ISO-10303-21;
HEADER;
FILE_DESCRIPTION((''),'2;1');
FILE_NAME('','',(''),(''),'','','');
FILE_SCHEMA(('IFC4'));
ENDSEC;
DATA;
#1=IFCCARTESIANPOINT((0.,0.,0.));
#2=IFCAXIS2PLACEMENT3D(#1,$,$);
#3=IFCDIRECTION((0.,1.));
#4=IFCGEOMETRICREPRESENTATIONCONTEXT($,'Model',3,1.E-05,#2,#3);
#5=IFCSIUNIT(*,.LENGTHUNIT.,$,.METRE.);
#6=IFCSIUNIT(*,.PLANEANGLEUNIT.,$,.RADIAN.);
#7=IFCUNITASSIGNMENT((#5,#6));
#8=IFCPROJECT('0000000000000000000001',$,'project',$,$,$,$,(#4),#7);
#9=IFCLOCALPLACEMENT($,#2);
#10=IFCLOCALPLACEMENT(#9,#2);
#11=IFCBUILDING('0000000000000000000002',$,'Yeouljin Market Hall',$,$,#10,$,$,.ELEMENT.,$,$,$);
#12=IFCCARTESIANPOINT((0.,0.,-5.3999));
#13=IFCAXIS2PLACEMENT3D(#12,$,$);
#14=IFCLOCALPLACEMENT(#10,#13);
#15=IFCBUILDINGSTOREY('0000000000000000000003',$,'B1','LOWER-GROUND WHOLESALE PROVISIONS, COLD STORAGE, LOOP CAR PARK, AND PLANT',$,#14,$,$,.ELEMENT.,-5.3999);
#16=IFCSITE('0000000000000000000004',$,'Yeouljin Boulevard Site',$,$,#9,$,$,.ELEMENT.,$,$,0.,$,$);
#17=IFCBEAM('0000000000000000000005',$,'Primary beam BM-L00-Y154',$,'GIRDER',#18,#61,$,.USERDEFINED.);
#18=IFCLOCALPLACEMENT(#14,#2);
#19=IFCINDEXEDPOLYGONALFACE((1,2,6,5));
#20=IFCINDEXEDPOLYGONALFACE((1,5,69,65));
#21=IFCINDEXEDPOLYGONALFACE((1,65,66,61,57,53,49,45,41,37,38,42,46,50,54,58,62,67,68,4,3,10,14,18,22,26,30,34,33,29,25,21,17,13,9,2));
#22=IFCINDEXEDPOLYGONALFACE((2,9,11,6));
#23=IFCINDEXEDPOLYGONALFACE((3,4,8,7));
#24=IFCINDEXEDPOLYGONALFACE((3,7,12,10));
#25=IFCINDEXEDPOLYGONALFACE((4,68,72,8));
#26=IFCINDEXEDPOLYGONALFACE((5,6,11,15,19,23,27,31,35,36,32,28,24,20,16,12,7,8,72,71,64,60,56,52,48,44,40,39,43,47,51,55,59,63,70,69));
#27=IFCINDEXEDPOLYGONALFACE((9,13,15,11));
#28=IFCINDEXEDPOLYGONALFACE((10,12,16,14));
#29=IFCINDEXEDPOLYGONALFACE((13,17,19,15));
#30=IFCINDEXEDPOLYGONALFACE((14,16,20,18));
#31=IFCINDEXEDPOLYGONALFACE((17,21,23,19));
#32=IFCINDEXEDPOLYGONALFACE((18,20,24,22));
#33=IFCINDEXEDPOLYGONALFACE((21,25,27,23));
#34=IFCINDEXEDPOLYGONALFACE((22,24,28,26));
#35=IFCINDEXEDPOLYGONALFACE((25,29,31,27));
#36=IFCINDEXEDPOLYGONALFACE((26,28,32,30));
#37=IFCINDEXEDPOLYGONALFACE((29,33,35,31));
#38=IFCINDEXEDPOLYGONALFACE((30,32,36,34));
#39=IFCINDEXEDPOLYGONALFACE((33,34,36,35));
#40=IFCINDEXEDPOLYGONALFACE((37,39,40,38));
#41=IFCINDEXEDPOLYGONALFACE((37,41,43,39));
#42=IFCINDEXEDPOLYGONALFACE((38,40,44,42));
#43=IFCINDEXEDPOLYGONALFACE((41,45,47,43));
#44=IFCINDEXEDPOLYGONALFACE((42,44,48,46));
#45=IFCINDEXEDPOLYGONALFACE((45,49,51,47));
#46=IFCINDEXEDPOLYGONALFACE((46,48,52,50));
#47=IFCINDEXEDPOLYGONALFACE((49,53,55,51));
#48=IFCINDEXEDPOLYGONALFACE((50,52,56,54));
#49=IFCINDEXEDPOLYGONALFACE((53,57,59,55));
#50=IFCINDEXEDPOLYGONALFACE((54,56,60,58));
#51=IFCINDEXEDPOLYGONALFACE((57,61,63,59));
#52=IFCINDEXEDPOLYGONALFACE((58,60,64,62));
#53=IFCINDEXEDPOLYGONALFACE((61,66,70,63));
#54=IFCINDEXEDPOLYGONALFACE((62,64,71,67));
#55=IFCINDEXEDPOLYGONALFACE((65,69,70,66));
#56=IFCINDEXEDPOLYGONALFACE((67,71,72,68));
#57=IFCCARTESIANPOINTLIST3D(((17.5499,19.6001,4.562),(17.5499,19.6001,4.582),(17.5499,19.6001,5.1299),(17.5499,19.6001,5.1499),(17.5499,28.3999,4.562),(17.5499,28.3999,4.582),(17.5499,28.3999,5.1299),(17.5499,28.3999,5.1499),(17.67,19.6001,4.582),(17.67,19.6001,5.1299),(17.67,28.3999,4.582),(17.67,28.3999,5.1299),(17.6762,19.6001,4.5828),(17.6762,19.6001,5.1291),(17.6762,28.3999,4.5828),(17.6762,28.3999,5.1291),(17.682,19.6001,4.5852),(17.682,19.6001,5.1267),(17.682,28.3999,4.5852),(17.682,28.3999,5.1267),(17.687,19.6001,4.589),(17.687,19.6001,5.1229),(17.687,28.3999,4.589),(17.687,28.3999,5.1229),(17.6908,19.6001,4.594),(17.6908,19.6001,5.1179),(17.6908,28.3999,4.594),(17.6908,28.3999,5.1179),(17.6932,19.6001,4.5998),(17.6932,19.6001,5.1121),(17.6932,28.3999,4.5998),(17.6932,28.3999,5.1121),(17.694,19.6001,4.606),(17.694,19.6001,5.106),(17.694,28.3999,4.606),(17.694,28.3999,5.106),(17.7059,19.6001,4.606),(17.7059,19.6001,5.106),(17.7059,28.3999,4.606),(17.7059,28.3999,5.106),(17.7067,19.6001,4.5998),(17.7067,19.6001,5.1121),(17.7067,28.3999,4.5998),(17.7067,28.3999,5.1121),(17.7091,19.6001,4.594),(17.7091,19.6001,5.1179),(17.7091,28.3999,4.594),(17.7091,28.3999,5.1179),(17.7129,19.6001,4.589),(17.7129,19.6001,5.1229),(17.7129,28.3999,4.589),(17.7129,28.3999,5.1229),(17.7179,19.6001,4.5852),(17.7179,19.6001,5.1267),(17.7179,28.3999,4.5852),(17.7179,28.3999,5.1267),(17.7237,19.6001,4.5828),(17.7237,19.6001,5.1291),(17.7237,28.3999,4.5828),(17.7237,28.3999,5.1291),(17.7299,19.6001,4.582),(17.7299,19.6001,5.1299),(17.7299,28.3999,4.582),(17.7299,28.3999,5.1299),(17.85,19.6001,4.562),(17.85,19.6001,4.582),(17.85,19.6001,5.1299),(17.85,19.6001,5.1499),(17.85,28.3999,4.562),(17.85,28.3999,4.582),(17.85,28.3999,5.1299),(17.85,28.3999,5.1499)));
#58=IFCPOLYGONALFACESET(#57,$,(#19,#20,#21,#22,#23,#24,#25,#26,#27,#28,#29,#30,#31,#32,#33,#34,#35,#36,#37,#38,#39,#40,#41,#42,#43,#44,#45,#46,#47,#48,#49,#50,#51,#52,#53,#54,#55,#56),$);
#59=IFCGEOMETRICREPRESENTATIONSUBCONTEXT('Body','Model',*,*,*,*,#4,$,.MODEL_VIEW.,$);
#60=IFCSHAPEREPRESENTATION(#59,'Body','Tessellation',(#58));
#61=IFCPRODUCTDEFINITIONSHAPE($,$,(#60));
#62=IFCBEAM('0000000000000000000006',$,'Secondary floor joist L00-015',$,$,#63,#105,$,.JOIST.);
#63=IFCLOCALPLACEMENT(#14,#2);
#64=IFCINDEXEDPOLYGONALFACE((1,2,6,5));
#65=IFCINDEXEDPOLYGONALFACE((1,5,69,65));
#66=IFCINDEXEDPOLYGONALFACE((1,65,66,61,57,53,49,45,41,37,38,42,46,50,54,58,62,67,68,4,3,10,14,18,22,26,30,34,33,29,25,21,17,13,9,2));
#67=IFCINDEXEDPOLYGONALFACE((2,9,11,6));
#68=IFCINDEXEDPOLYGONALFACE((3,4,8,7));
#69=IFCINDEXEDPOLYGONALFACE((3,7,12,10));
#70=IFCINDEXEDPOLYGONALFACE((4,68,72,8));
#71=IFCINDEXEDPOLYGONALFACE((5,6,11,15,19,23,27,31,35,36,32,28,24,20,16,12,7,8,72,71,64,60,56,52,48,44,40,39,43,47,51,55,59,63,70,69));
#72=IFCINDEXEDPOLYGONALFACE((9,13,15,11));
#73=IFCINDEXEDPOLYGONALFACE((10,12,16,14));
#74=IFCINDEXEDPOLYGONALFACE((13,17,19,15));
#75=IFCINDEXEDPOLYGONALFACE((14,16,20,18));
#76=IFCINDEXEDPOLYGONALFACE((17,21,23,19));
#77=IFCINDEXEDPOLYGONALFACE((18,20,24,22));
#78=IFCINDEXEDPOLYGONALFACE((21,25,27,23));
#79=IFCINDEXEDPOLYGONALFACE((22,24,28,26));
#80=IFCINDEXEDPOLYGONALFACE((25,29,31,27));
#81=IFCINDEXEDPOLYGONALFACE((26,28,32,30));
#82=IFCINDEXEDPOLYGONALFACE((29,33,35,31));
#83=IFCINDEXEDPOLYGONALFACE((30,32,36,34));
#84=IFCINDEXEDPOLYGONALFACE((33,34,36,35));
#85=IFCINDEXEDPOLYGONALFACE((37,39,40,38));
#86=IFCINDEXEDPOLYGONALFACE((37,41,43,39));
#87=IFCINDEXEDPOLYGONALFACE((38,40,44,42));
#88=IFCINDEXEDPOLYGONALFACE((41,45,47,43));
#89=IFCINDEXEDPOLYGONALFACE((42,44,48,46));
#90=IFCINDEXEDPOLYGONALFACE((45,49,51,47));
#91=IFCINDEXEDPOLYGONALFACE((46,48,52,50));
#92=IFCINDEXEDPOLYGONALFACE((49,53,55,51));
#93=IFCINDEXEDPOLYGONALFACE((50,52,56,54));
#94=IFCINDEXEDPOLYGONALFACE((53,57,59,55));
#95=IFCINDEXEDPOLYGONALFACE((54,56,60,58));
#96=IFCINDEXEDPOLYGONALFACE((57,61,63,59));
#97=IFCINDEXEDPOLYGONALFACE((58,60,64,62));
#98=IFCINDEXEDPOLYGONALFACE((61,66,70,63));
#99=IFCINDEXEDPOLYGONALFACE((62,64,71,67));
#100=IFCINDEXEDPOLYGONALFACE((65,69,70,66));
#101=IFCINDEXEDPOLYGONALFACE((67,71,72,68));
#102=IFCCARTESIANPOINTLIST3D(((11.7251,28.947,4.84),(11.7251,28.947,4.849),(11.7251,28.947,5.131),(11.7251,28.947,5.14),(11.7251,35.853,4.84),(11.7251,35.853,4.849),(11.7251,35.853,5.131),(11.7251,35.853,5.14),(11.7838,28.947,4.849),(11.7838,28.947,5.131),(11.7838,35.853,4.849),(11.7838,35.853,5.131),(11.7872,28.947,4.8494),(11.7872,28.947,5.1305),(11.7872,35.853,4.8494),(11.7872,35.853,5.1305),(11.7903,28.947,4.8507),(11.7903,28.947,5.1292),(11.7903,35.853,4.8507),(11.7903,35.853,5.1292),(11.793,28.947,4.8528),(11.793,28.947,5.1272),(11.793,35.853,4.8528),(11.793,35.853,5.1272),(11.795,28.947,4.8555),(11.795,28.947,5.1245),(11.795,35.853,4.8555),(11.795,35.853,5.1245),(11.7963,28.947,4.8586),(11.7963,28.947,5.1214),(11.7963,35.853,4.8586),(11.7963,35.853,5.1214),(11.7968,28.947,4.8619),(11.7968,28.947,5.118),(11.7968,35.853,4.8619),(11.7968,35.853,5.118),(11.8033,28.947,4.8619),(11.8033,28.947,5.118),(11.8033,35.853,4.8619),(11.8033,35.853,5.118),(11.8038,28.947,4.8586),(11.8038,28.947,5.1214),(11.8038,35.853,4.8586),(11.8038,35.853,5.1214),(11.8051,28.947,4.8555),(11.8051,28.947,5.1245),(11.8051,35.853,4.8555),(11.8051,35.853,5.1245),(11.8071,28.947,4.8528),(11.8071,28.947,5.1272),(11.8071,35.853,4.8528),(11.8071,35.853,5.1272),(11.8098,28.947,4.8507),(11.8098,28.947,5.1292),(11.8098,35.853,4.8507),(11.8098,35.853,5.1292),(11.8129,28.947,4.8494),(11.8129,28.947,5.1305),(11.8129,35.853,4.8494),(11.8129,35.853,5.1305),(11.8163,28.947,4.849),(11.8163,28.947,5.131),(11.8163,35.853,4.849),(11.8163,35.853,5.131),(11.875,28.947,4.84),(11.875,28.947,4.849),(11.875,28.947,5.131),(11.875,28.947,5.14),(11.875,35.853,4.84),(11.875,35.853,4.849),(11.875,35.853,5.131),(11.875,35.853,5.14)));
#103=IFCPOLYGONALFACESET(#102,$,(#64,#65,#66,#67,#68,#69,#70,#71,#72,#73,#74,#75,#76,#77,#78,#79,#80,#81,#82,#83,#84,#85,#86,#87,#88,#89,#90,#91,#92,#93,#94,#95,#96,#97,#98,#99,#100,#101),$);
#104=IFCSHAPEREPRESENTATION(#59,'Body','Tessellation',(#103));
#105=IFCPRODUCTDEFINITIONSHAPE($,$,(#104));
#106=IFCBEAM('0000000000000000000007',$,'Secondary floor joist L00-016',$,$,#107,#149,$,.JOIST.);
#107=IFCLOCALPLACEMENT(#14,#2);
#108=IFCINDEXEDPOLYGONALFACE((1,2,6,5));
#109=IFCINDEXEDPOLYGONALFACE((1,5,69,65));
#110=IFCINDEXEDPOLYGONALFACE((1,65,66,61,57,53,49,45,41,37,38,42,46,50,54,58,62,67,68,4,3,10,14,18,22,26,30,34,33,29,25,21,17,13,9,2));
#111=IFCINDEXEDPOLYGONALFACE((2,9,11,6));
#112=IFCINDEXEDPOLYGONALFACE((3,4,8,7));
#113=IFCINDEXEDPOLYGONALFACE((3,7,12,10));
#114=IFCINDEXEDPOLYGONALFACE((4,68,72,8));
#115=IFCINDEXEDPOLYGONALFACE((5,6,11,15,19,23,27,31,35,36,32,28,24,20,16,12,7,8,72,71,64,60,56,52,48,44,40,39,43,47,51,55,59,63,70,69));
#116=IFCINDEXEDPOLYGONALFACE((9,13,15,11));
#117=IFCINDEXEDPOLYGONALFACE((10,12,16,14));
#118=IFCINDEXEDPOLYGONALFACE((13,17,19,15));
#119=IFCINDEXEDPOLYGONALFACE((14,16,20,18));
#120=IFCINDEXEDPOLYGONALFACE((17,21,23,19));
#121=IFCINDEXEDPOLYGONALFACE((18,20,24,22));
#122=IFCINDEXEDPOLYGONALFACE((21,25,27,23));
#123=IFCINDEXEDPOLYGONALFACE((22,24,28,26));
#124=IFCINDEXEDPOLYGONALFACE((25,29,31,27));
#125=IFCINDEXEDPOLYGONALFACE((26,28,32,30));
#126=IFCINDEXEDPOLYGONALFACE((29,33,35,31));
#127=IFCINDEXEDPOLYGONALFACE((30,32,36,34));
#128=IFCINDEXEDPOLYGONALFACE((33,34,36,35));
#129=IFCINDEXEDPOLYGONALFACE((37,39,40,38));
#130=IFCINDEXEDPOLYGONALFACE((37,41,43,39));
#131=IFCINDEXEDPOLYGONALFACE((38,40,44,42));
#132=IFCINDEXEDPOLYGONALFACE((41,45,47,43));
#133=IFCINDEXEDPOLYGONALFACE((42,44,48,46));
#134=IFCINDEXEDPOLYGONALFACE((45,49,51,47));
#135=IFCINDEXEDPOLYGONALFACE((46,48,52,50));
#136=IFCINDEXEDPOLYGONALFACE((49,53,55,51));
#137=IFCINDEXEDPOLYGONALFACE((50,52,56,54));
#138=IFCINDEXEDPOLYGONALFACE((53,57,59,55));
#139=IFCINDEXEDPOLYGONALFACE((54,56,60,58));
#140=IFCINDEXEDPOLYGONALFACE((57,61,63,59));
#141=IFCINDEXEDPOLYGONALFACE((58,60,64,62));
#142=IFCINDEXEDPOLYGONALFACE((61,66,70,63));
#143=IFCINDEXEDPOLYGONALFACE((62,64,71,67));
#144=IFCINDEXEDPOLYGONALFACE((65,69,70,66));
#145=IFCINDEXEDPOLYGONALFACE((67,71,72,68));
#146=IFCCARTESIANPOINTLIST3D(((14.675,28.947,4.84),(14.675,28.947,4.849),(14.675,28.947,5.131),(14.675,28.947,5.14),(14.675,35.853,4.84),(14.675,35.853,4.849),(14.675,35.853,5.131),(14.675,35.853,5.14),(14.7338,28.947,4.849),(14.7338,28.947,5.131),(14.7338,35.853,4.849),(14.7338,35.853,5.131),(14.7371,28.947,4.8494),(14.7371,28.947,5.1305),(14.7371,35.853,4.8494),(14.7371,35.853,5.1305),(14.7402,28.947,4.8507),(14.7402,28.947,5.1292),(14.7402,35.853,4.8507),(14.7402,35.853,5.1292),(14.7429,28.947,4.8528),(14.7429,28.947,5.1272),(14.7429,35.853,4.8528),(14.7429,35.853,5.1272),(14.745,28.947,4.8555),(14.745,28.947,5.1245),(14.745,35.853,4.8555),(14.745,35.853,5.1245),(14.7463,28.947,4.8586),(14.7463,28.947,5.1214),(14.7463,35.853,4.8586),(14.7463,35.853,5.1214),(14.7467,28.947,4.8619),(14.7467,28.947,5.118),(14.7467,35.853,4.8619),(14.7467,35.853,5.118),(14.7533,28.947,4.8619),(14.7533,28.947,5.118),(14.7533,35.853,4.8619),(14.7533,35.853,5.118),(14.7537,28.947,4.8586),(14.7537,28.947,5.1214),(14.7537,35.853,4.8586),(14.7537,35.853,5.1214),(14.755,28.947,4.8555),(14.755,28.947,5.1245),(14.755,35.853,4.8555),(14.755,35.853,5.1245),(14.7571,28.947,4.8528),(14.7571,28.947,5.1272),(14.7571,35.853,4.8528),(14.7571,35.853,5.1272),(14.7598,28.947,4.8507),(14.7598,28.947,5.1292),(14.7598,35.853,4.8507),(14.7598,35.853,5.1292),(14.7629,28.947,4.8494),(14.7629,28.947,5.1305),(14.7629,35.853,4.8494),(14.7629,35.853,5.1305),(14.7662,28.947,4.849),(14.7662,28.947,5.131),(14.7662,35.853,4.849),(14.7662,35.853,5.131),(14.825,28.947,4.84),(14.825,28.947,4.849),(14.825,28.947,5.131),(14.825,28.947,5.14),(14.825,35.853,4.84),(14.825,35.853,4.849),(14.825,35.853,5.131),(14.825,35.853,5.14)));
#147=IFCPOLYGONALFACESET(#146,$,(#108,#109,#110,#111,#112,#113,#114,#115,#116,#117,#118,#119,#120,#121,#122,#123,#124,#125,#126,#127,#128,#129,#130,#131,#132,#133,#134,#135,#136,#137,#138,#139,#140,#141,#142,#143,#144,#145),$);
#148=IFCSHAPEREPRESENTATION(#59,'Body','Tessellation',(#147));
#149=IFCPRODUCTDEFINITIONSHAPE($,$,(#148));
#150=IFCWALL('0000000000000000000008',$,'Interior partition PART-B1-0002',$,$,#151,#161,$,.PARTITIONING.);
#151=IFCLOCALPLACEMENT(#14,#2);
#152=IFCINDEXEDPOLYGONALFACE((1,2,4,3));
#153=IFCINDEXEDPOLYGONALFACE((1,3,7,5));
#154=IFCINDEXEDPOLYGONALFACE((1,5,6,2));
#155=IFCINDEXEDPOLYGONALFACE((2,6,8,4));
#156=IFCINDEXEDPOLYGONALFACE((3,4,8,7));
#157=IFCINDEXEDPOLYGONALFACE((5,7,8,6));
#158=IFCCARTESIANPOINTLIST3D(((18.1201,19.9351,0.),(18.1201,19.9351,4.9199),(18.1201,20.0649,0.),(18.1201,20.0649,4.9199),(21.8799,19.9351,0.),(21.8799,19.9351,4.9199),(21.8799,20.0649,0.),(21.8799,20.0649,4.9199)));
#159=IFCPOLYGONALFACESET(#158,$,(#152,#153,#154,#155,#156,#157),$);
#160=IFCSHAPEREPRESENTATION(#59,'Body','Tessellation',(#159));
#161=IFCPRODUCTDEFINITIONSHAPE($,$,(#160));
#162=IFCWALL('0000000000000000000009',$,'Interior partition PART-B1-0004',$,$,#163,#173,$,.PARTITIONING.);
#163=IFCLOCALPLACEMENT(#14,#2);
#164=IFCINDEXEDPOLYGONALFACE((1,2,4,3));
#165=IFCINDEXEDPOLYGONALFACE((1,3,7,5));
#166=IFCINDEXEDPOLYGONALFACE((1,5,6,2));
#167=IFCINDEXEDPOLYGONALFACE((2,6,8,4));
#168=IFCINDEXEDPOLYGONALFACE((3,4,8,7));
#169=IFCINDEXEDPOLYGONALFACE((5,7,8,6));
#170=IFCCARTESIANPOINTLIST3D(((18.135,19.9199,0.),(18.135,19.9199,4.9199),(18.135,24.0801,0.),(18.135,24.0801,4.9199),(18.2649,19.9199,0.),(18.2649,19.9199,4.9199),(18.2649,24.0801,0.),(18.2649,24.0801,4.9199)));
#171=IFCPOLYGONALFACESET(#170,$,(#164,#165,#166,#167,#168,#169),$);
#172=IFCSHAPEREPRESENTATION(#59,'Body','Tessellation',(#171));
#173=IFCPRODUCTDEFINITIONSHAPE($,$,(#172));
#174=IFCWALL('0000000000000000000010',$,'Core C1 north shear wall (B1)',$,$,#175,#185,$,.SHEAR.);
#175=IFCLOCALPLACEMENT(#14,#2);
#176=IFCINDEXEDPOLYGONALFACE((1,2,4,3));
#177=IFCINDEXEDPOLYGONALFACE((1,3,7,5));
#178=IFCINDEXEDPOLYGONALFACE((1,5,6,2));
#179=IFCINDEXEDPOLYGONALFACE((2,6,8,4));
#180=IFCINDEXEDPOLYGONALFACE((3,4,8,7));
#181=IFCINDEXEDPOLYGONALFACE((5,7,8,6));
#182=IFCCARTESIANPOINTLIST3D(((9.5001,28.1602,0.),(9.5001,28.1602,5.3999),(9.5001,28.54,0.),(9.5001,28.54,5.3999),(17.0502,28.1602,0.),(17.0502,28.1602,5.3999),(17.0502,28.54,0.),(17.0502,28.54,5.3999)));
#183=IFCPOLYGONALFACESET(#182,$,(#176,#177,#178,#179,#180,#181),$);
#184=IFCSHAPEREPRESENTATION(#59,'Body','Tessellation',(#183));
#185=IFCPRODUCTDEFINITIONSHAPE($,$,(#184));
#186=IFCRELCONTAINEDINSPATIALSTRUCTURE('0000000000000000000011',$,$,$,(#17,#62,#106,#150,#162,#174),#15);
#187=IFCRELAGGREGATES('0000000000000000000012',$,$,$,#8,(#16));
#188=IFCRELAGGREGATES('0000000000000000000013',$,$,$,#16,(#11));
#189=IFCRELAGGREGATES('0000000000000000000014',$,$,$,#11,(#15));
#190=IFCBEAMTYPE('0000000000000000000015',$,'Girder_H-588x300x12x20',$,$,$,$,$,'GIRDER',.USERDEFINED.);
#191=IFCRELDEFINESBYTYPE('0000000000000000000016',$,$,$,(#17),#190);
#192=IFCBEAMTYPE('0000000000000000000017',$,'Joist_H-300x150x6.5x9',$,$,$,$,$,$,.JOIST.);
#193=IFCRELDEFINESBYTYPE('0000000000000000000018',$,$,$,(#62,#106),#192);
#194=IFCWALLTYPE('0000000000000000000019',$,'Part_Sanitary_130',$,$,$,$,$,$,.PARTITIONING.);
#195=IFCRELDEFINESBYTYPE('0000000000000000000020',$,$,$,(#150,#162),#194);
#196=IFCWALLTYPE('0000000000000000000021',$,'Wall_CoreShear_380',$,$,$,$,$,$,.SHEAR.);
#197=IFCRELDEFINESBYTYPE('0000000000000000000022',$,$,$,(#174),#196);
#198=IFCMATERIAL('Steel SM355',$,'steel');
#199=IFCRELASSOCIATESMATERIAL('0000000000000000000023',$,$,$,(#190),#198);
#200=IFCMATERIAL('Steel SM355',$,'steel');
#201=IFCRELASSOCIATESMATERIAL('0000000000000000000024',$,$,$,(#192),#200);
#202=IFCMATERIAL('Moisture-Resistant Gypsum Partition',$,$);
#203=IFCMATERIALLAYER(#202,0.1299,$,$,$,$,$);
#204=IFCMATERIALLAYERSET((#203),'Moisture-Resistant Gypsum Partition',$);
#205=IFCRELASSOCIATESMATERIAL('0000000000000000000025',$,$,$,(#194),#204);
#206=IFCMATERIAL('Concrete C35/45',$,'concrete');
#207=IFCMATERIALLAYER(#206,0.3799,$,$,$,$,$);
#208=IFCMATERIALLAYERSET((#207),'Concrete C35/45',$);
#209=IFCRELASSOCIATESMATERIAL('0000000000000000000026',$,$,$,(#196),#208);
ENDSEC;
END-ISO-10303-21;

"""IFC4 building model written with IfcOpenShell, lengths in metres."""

from ifc_helpers import new_model, si_unit, direction, frame, frame_2d, origin, origin_2d, place, context, subcontext, project, spatial, rectangle, i_section, extrude, material, layer, layer_set, material_profile, profile_set, type_object, element, save


model = new_model("IFC4")

# Units and contexts
model_context = context("Model", 3, precision=1e-05, world=origin(), true_north=direction((0.0, 1.0)))
body_context = subcontext(model_context, "Body", "Model", "MODEL_VIEW")
ifc_project = project(units=[si_unit("LENGTHUNIT", "METRE"), si_unit("PLANEANGLEUNIT", "RADIAN")], contexts=[model_context])

# Site, building, storey
site_placement = place(None, origin())
site = spatial("IfcSite", under=ifc_project, at=site_placement, Name="Yeouljin Boulevard Site", CompositionType="ELEMENT", RefElevation=0.0)
building_placement = place(site_placement, origin())
building = spatial("IfcBuilding", under=site, at=building_placement, Name="Yeouljin Market Hall", CompositionType="ELEMENT")
storey_placement = place(building_placement, frame((0.0, 0.0, -5.3999)))
storey = spatial("IfcBuildingStorey", under=building, at=storey_placement, Name="B1", Description="LOWER-GROUND WHOLESALE PROVISIONS, COLD STORAGE, LOOP CAR PARK, AND PLANT", CompositionType="ELEMENT", Elevation=-5.3999)

# Beams
ifc_material_1 = material(Name="Steel SM355", Category="steel")
ifc_material_profile_1 = material_profile(ifc_material_1, i_section(OverallWidth=0.3, OverallDepth=0.5879, WebThickness=0.012, FlangeThickness=0.02, FilletRadius=0.0239, at=origin_2d()), Name="H-588x300x12x20")
ifc_profile_set_1 = profile_set([ifc_material_profile_1], Name="Steel SM355")
beam_type_1 = type_object("IfcBeamType", Name="Girder_H-588x300x12x20", ElementType="GIRDER", PredefinedType="USERDEFINED", material=ifc_profile_set_1)
beam_1_placement = place(storey_placement, frame((17.7, 19.6001, 4.856), z_axis=(0.0, 1.0, 0.0), x_axis=(-1.0, 0.0, 0.0)))
element("IfcBeam", 1, at=beam_1_placement, inside=storey, type_object=beam_type_1, Name="Primary beam BM-L00-Y154", ObjectType="GIRDER", PredefinedType="USERDEFINED", context=body_context, shape_type="SweptSolid", body=[
    extrude(i_section(OverallWidth=0.3, OverallDepth=0.5879, WebThickness=0.012, FlangeThickness=0.02, FilletRadius=0.0239, at=origin_2d()), origin(), (0.0, 0.0, 1.0), 8.7998),
])
ifc_material_2 = material(Name="Steel SM355", Category="steel")
ifc_material_profile_2 = material_profile(ifc_material_2, i_section(OverallWidth=0.1499, OverallDepth=0.3, WebThickness=0.0066, FlangeThickness=0.009, FilletRadius=0.0129, at=origin_2d()), Name="H-300x150x6.5x9")
ifc_profile_set_2 = profile_set([ifc_material_profile_2], Name="Steel SM355")
beam_type_2 = type_object("IfcBeamType", Name="Joist_H-300x150x6.5x9", PredefinedType="JOIST", material=ifc_profile_set_2)
for number, where, z_axis, x_axis, name in (
    (2, (11.8, 28.947, 4.99), (0.0, 1.0, 0.0), (-1.0, 0.0, 0.0), "Secondary floor joist L00-015"),
    (3, (14.75, 28.947, 4.99), (0.0, 1.0, 0.0), (-1.0, 0.0, 0.0), "Secondary floor joist L00-016"),
):
    element("IfcBeam", number, at=place(storey_placement, frame(where, z_axis=z_axis, x_axis=x_axis)), inside=storey, type_object=beam_type_2, Name=name, PredefinedType="JOIST", context=body_context, shape_type="SweptSolid", body=[
        extrude(i_section(OverallWidth=0.1499, OverallDepth=0.3, WebThickness=0.0066, FlangeThickness=0.009, FilletRadius=0.0129, at=origin_2d()), origin(), (0.0, 0.0, 1.0), 6.906),
    ])

# Walls
ifc_material_3 = material(Name="Moisture-Resistant Gypsum Partition")
ifc_layer_1 = layer(ifc_material_3, 0.1299)
ifc_layer_set_1 = layer_set([ifc_layer_1], Name="Moisture-Resistant Gypsum Partition")
wall_type_1 = type_object("IfcWallType", Name="Part_Sanitary_130", PredefinedType="PARTITIONING", material=ifc_layer_set_1)
wall_1_placement = place(storey_placement, frame((18.1201, 20.0, 0.0), z_axis=(0.0, 0.0, 1.0), x_axis=(1.0, 0.0, 0.0)))
element("IfcWall", 4, at=wall_1_placement, inside=storey, type_object=wall_type_1, Name="Interior partition PART-B1-0002", PredefinedType="PARTITIONING", context=body_context, shape_type="SweptSolid", body=[
    extrude(rectangle(XDim=3.7598, YDim=0.1299, at=frame_2d((1.8799, 0.0))), origin(), (0.0, 0.0, 1.0), 4.9199),
])
wall_2_placement = place(storey_placement, frame((18.2, 24.0801, 0.0), z_axis=(0.0, 0.0, 1.0), x_axis=(0.0, -1.0, 0.0)))
element("IfcWall", 5, at=wall_2_placement, inside=storey, type_object=wall_type_1, Name="Interior partition PART-B1-0004", PredefinedType="PARTITIONING", context=body_context, shape_type="SweptSolid", body=[
    extrude(rectangle(XDim=4.1602, YDim=0.1299, at=frame_2d((2.0801, 0.0))), origin(), (0.0, 0.0, 1.0), 4.9199),
])

# Wall
ifc_material_4 = material(Name="Concrete C35/45", Category="concrete")
ifc_layer_2 = layer(ifc_material_4, 0.3799)
ifc_layer_set_2 = layer_set([ifc_layer_2], Name="Concrete C35/45")
wall_type_2 = type_object("IfcWallType", Name="Wall_CoreShear_380", PredefinedType="SHEAR", material=ifc_layer_set_2)
wall_3_placement = place(storey_placement, frame((17.05, 28.3501, 0.0), z_axis=(0.0, 0.0, 1.0), x_axis=(-1.0, 0.0, 0.0)))
element("IfcWall", 6, at=wall_3_placement, inside=storey, type_object=wall_type_2, Name="Core C1 north shear wall (B1)", PredefinedType="SHEAR", context=body_context, shape_type="SweptSolid", body=[
    extrude(rectangle(XDim=7.55, YDim=0.3799, at=frame_2d((3.7749, 0.0))), origin(), (0.0, 0.0, 1.0), 5.3999),
])

save(model, "model.ifc")
